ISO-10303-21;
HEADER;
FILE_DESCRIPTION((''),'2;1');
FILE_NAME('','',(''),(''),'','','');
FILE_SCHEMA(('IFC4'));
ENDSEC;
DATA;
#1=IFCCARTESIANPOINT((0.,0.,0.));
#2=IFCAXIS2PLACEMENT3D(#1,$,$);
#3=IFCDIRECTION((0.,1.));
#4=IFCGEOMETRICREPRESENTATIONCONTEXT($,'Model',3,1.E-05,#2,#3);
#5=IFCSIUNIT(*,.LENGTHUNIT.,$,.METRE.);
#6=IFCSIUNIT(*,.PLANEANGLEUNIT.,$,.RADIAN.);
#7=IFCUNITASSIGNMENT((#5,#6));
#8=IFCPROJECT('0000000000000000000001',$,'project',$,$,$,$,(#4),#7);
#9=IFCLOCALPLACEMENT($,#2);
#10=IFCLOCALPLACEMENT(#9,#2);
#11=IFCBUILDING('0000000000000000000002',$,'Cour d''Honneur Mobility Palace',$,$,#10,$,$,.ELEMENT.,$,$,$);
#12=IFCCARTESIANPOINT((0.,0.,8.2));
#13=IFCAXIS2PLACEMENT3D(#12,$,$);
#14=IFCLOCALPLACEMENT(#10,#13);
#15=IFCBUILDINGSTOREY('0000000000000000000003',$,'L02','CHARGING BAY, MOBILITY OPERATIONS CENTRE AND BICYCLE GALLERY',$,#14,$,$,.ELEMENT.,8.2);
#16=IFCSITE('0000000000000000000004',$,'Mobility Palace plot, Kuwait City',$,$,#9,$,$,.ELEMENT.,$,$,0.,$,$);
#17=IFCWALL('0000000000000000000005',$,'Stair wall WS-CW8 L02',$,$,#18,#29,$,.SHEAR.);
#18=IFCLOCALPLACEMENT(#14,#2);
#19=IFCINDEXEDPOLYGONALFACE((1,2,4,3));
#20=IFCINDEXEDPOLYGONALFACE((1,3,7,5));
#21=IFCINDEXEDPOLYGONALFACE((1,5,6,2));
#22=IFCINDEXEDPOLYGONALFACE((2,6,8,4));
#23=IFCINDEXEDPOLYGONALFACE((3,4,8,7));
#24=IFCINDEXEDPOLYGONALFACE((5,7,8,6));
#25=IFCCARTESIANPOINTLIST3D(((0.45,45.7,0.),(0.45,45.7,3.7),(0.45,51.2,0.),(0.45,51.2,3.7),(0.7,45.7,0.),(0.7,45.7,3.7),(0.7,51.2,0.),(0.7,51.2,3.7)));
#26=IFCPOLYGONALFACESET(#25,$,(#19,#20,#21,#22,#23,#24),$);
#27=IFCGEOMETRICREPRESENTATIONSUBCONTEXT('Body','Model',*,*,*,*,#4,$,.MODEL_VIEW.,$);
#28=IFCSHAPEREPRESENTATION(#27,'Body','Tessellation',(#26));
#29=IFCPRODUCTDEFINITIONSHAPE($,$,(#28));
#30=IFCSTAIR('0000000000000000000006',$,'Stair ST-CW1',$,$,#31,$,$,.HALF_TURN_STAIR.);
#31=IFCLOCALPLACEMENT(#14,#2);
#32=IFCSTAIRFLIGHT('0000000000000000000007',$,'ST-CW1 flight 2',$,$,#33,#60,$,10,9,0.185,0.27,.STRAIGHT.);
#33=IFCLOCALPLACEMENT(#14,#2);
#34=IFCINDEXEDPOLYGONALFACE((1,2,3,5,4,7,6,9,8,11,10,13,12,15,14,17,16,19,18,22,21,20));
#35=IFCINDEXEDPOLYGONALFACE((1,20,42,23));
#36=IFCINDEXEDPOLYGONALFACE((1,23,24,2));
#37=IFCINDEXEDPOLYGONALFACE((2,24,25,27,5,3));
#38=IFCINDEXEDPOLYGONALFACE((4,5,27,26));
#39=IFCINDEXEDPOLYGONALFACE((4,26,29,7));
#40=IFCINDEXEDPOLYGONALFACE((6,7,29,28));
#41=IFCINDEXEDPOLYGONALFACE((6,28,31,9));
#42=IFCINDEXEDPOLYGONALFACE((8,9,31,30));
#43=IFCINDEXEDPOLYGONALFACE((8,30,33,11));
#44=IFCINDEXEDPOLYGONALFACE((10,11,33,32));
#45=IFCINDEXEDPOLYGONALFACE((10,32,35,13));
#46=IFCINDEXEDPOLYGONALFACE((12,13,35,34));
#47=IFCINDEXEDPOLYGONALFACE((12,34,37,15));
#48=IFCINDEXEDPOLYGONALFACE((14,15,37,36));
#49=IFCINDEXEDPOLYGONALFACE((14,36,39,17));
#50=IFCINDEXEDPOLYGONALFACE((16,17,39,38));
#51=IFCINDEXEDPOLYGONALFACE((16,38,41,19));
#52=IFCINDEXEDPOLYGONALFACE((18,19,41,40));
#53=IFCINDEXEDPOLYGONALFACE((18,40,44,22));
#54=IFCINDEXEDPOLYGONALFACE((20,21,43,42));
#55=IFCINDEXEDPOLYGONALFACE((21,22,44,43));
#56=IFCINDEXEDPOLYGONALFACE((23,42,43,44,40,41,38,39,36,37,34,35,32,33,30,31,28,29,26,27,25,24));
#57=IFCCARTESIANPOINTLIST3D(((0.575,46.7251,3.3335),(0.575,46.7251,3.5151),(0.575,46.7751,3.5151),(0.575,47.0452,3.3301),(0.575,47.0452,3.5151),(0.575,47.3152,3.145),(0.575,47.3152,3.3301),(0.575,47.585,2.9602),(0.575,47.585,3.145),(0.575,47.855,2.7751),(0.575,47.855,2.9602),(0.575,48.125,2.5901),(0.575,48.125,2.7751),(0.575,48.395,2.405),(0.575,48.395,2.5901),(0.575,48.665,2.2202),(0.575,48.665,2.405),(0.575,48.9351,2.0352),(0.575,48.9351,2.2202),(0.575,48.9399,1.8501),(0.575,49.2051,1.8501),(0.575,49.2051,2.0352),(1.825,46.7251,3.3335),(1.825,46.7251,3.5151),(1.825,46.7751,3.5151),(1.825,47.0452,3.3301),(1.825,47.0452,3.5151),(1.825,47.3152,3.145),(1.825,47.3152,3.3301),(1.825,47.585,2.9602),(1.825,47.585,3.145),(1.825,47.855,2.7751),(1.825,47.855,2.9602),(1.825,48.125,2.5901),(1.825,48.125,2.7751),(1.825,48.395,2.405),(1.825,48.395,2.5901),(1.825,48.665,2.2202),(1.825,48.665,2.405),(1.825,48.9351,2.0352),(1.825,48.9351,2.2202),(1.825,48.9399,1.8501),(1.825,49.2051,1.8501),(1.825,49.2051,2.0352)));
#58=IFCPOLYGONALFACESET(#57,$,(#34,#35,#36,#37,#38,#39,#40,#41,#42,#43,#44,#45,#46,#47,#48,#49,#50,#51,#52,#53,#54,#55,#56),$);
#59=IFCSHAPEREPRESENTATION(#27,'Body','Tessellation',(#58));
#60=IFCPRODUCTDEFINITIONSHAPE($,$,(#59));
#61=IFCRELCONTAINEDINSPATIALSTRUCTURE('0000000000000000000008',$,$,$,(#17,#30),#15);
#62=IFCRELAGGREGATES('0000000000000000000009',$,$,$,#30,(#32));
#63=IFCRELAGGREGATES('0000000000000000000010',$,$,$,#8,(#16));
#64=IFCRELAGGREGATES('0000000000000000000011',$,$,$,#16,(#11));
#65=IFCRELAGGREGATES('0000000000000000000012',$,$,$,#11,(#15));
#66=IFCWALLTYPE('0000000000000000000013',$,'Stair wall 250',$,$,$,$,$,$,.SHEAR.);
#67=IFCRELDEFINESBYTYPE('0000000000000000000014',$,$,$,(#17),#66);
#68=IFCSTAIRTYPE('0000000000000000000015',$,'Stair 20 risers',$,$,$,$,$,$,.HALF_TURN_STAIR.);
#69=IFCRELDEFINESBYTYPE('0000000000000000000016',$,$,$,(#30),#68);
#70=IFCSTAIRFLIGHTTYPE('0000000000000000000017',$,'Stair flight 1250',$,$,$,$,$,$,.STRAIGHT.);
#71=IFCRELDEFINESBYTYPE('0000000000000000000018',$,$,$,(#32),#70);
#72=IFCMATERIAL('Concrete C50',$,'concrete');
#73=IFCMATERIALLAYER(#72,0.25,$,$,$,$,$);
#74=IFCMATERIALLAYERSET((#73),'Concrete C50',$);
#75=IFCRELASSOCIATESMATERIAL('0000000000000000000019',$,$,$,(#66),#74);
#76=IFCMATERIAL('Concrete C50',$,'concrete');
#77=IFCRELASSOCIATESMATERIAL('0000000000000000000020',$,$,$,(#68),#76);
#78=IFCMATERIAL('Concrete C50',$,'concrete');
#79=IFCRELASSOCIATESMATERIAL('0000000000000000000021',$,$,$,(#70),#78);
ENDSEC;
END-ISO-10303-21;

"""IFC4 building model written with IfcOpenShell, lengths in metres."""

from ifc_helpers import new_model, si_unit, direction, frame, frame_2d, origin, place, context, subcontext, project, spatial, polyline, rectangle, outline, extrude, material, layer, layer_set, type_object, element, aggregate, save


model = new_model("IFC4")

# Units and contexts
model_context = context("Model", 3, precision=1e-05, world=origin(), true_north=direction((0.0, 1.0)))
body_context = subcontext(model_context, "Body", "Model", "MODEL_VIEW")
ifc_project = project(units=[si_unit("LENGTHUNIT", "METRE"), si_unit("PLANEANGLEUNIT", "RADIAN")], contexts=[model_context])

# Site, building, storey
site_placement = place(None, origin())
site = spatial("IfcSite", under=ifc_project, at=site_placement, Name="Mobility Palace plot, Kuwait City", CompositionType="ELEMENT", RefElevation=0.0)
building_placement = place(site_placement, origin())
building = spatial("IfcBuilding", under=site, at=building_placement, Name="Cour d'Honneur Mobility Palace", CompositionType="ELEMENT")
storey_placement = place(building_placement, frame((0.0, 0.0, 8.2)))
storey = spatial("IfcBuildingStorey", under=building, at=storey_placement, Name="L02", Description="CHARGING BAY, MOBILITY OPERATIONS CENTRE AND BICYCLE GALLERY", CompositionType="ELEMENT", Elevation=8.2)

# Wall
ifc_material_1 = material(Name="Concrete C50", Category="concrete")
ifc_layer_1 = layer(ifc_material_1, 0.25)
ifc_layer_set_1 = layer_set([ifc_layer_1], Name="Concrete C50")
wall_type_1 = type_object("IfcWallType", Name="Stair wall 250", PredefinedType="SHEAR", material=ifc_layer_set_1)
wall_1_placement = place(storey_placement, frame((0.575, 45.7, 0.0), z_axis=(0.0, 0.0, 1.0), x_axis=(0.0, 1.0, 0.0)))
element("IfcWall", 1, at=wall_1_placement, inside=storey, type_object=wall_type_1, Name="Stair wall WS-CW8 L02", PredefinedType="SHEAR", context=body_context, shape_type="SweptSolid", body=[
    extrude(rectangle(XDim=5.5, YDim=0.25, at=frame_2d((2.75, 0.0))), origin(), (0.0, 0.0, 1.0), 3.7),
])

# Stair, stair flight
ifc_material_2 = material(Name="Concrete C50", Category="concrete")
stair_type = type_object("IfcStairType", Name="Stair 20 risers", PredefinedType="HALF_TURN_STAIR", material=ifc_material_2)
stair_placement = place(storey_placement, origin())
stair = element("IfcStair", 2, at=stair_placement, inside=storey, type_object=stair_type, Name="Stair ST-CW1", PredefinedType="HALF_TURN_STAIR")
ifc_material_3 = material(Name="Concrete C50", Category="concrete")
stair_flight_type = type_object("IfcStairFlightType", Name="Stair flight 1250", PredefinedType="STRAIGHT", material=ifc_material_3)
stair_flight_placement = place(storey_placement, frame((1.2, 49.2051, 1.8501), z_axis=(0.0, 0.0, 1.0), x_axis=(0.0, -1.0, 0.0)))
stair_flight = element("IfcStairFlight", 3, at=stair_flight_placement, type_object=stair_flight_type, Name="ST-CW1 flight 2", NumberOfRisers=10, NumberOfTreads=9, PredefinedType="STRAIGHT", RiserHeight=0.185, TreadLength=0.27, context=body_context, shape_type="SweptSolid", body=[
    extrude(outline(polyline([(0.0, 0.0), (0.0, 0.1851), (0.27, 0.1851), (0.27, 0.3701), (0.54, 0.3701), (0.54, 0.5549), (0.8101, 0.5549), (0.8101, 0.74), (1.0801, 0.74), (1.0801, 0.925), (1.3501, 0.925), (1.3501, 1.1101), (1.6201, 1.1101), (1.6201, 1.2949), (1.8899, 1.2949), (1.8899, 1.48), (2.1599, 1.48), (2.1599, 1.665), (2.4299, 1.665), (2.48, 1.665), (2.48, 1.4834), (0.2651, 0.0), (0.0, 0.0)])), frame((0.0, 0.625, 0.0), z_axis=(0.0, -1.0, 0.0), x_axis=(1.0, 0.0, 0.0)), (0.0, 0.0, 1.0), 1.25),
])
aggregate(stair, [stair_flight])

save(model, "model.ifc")
